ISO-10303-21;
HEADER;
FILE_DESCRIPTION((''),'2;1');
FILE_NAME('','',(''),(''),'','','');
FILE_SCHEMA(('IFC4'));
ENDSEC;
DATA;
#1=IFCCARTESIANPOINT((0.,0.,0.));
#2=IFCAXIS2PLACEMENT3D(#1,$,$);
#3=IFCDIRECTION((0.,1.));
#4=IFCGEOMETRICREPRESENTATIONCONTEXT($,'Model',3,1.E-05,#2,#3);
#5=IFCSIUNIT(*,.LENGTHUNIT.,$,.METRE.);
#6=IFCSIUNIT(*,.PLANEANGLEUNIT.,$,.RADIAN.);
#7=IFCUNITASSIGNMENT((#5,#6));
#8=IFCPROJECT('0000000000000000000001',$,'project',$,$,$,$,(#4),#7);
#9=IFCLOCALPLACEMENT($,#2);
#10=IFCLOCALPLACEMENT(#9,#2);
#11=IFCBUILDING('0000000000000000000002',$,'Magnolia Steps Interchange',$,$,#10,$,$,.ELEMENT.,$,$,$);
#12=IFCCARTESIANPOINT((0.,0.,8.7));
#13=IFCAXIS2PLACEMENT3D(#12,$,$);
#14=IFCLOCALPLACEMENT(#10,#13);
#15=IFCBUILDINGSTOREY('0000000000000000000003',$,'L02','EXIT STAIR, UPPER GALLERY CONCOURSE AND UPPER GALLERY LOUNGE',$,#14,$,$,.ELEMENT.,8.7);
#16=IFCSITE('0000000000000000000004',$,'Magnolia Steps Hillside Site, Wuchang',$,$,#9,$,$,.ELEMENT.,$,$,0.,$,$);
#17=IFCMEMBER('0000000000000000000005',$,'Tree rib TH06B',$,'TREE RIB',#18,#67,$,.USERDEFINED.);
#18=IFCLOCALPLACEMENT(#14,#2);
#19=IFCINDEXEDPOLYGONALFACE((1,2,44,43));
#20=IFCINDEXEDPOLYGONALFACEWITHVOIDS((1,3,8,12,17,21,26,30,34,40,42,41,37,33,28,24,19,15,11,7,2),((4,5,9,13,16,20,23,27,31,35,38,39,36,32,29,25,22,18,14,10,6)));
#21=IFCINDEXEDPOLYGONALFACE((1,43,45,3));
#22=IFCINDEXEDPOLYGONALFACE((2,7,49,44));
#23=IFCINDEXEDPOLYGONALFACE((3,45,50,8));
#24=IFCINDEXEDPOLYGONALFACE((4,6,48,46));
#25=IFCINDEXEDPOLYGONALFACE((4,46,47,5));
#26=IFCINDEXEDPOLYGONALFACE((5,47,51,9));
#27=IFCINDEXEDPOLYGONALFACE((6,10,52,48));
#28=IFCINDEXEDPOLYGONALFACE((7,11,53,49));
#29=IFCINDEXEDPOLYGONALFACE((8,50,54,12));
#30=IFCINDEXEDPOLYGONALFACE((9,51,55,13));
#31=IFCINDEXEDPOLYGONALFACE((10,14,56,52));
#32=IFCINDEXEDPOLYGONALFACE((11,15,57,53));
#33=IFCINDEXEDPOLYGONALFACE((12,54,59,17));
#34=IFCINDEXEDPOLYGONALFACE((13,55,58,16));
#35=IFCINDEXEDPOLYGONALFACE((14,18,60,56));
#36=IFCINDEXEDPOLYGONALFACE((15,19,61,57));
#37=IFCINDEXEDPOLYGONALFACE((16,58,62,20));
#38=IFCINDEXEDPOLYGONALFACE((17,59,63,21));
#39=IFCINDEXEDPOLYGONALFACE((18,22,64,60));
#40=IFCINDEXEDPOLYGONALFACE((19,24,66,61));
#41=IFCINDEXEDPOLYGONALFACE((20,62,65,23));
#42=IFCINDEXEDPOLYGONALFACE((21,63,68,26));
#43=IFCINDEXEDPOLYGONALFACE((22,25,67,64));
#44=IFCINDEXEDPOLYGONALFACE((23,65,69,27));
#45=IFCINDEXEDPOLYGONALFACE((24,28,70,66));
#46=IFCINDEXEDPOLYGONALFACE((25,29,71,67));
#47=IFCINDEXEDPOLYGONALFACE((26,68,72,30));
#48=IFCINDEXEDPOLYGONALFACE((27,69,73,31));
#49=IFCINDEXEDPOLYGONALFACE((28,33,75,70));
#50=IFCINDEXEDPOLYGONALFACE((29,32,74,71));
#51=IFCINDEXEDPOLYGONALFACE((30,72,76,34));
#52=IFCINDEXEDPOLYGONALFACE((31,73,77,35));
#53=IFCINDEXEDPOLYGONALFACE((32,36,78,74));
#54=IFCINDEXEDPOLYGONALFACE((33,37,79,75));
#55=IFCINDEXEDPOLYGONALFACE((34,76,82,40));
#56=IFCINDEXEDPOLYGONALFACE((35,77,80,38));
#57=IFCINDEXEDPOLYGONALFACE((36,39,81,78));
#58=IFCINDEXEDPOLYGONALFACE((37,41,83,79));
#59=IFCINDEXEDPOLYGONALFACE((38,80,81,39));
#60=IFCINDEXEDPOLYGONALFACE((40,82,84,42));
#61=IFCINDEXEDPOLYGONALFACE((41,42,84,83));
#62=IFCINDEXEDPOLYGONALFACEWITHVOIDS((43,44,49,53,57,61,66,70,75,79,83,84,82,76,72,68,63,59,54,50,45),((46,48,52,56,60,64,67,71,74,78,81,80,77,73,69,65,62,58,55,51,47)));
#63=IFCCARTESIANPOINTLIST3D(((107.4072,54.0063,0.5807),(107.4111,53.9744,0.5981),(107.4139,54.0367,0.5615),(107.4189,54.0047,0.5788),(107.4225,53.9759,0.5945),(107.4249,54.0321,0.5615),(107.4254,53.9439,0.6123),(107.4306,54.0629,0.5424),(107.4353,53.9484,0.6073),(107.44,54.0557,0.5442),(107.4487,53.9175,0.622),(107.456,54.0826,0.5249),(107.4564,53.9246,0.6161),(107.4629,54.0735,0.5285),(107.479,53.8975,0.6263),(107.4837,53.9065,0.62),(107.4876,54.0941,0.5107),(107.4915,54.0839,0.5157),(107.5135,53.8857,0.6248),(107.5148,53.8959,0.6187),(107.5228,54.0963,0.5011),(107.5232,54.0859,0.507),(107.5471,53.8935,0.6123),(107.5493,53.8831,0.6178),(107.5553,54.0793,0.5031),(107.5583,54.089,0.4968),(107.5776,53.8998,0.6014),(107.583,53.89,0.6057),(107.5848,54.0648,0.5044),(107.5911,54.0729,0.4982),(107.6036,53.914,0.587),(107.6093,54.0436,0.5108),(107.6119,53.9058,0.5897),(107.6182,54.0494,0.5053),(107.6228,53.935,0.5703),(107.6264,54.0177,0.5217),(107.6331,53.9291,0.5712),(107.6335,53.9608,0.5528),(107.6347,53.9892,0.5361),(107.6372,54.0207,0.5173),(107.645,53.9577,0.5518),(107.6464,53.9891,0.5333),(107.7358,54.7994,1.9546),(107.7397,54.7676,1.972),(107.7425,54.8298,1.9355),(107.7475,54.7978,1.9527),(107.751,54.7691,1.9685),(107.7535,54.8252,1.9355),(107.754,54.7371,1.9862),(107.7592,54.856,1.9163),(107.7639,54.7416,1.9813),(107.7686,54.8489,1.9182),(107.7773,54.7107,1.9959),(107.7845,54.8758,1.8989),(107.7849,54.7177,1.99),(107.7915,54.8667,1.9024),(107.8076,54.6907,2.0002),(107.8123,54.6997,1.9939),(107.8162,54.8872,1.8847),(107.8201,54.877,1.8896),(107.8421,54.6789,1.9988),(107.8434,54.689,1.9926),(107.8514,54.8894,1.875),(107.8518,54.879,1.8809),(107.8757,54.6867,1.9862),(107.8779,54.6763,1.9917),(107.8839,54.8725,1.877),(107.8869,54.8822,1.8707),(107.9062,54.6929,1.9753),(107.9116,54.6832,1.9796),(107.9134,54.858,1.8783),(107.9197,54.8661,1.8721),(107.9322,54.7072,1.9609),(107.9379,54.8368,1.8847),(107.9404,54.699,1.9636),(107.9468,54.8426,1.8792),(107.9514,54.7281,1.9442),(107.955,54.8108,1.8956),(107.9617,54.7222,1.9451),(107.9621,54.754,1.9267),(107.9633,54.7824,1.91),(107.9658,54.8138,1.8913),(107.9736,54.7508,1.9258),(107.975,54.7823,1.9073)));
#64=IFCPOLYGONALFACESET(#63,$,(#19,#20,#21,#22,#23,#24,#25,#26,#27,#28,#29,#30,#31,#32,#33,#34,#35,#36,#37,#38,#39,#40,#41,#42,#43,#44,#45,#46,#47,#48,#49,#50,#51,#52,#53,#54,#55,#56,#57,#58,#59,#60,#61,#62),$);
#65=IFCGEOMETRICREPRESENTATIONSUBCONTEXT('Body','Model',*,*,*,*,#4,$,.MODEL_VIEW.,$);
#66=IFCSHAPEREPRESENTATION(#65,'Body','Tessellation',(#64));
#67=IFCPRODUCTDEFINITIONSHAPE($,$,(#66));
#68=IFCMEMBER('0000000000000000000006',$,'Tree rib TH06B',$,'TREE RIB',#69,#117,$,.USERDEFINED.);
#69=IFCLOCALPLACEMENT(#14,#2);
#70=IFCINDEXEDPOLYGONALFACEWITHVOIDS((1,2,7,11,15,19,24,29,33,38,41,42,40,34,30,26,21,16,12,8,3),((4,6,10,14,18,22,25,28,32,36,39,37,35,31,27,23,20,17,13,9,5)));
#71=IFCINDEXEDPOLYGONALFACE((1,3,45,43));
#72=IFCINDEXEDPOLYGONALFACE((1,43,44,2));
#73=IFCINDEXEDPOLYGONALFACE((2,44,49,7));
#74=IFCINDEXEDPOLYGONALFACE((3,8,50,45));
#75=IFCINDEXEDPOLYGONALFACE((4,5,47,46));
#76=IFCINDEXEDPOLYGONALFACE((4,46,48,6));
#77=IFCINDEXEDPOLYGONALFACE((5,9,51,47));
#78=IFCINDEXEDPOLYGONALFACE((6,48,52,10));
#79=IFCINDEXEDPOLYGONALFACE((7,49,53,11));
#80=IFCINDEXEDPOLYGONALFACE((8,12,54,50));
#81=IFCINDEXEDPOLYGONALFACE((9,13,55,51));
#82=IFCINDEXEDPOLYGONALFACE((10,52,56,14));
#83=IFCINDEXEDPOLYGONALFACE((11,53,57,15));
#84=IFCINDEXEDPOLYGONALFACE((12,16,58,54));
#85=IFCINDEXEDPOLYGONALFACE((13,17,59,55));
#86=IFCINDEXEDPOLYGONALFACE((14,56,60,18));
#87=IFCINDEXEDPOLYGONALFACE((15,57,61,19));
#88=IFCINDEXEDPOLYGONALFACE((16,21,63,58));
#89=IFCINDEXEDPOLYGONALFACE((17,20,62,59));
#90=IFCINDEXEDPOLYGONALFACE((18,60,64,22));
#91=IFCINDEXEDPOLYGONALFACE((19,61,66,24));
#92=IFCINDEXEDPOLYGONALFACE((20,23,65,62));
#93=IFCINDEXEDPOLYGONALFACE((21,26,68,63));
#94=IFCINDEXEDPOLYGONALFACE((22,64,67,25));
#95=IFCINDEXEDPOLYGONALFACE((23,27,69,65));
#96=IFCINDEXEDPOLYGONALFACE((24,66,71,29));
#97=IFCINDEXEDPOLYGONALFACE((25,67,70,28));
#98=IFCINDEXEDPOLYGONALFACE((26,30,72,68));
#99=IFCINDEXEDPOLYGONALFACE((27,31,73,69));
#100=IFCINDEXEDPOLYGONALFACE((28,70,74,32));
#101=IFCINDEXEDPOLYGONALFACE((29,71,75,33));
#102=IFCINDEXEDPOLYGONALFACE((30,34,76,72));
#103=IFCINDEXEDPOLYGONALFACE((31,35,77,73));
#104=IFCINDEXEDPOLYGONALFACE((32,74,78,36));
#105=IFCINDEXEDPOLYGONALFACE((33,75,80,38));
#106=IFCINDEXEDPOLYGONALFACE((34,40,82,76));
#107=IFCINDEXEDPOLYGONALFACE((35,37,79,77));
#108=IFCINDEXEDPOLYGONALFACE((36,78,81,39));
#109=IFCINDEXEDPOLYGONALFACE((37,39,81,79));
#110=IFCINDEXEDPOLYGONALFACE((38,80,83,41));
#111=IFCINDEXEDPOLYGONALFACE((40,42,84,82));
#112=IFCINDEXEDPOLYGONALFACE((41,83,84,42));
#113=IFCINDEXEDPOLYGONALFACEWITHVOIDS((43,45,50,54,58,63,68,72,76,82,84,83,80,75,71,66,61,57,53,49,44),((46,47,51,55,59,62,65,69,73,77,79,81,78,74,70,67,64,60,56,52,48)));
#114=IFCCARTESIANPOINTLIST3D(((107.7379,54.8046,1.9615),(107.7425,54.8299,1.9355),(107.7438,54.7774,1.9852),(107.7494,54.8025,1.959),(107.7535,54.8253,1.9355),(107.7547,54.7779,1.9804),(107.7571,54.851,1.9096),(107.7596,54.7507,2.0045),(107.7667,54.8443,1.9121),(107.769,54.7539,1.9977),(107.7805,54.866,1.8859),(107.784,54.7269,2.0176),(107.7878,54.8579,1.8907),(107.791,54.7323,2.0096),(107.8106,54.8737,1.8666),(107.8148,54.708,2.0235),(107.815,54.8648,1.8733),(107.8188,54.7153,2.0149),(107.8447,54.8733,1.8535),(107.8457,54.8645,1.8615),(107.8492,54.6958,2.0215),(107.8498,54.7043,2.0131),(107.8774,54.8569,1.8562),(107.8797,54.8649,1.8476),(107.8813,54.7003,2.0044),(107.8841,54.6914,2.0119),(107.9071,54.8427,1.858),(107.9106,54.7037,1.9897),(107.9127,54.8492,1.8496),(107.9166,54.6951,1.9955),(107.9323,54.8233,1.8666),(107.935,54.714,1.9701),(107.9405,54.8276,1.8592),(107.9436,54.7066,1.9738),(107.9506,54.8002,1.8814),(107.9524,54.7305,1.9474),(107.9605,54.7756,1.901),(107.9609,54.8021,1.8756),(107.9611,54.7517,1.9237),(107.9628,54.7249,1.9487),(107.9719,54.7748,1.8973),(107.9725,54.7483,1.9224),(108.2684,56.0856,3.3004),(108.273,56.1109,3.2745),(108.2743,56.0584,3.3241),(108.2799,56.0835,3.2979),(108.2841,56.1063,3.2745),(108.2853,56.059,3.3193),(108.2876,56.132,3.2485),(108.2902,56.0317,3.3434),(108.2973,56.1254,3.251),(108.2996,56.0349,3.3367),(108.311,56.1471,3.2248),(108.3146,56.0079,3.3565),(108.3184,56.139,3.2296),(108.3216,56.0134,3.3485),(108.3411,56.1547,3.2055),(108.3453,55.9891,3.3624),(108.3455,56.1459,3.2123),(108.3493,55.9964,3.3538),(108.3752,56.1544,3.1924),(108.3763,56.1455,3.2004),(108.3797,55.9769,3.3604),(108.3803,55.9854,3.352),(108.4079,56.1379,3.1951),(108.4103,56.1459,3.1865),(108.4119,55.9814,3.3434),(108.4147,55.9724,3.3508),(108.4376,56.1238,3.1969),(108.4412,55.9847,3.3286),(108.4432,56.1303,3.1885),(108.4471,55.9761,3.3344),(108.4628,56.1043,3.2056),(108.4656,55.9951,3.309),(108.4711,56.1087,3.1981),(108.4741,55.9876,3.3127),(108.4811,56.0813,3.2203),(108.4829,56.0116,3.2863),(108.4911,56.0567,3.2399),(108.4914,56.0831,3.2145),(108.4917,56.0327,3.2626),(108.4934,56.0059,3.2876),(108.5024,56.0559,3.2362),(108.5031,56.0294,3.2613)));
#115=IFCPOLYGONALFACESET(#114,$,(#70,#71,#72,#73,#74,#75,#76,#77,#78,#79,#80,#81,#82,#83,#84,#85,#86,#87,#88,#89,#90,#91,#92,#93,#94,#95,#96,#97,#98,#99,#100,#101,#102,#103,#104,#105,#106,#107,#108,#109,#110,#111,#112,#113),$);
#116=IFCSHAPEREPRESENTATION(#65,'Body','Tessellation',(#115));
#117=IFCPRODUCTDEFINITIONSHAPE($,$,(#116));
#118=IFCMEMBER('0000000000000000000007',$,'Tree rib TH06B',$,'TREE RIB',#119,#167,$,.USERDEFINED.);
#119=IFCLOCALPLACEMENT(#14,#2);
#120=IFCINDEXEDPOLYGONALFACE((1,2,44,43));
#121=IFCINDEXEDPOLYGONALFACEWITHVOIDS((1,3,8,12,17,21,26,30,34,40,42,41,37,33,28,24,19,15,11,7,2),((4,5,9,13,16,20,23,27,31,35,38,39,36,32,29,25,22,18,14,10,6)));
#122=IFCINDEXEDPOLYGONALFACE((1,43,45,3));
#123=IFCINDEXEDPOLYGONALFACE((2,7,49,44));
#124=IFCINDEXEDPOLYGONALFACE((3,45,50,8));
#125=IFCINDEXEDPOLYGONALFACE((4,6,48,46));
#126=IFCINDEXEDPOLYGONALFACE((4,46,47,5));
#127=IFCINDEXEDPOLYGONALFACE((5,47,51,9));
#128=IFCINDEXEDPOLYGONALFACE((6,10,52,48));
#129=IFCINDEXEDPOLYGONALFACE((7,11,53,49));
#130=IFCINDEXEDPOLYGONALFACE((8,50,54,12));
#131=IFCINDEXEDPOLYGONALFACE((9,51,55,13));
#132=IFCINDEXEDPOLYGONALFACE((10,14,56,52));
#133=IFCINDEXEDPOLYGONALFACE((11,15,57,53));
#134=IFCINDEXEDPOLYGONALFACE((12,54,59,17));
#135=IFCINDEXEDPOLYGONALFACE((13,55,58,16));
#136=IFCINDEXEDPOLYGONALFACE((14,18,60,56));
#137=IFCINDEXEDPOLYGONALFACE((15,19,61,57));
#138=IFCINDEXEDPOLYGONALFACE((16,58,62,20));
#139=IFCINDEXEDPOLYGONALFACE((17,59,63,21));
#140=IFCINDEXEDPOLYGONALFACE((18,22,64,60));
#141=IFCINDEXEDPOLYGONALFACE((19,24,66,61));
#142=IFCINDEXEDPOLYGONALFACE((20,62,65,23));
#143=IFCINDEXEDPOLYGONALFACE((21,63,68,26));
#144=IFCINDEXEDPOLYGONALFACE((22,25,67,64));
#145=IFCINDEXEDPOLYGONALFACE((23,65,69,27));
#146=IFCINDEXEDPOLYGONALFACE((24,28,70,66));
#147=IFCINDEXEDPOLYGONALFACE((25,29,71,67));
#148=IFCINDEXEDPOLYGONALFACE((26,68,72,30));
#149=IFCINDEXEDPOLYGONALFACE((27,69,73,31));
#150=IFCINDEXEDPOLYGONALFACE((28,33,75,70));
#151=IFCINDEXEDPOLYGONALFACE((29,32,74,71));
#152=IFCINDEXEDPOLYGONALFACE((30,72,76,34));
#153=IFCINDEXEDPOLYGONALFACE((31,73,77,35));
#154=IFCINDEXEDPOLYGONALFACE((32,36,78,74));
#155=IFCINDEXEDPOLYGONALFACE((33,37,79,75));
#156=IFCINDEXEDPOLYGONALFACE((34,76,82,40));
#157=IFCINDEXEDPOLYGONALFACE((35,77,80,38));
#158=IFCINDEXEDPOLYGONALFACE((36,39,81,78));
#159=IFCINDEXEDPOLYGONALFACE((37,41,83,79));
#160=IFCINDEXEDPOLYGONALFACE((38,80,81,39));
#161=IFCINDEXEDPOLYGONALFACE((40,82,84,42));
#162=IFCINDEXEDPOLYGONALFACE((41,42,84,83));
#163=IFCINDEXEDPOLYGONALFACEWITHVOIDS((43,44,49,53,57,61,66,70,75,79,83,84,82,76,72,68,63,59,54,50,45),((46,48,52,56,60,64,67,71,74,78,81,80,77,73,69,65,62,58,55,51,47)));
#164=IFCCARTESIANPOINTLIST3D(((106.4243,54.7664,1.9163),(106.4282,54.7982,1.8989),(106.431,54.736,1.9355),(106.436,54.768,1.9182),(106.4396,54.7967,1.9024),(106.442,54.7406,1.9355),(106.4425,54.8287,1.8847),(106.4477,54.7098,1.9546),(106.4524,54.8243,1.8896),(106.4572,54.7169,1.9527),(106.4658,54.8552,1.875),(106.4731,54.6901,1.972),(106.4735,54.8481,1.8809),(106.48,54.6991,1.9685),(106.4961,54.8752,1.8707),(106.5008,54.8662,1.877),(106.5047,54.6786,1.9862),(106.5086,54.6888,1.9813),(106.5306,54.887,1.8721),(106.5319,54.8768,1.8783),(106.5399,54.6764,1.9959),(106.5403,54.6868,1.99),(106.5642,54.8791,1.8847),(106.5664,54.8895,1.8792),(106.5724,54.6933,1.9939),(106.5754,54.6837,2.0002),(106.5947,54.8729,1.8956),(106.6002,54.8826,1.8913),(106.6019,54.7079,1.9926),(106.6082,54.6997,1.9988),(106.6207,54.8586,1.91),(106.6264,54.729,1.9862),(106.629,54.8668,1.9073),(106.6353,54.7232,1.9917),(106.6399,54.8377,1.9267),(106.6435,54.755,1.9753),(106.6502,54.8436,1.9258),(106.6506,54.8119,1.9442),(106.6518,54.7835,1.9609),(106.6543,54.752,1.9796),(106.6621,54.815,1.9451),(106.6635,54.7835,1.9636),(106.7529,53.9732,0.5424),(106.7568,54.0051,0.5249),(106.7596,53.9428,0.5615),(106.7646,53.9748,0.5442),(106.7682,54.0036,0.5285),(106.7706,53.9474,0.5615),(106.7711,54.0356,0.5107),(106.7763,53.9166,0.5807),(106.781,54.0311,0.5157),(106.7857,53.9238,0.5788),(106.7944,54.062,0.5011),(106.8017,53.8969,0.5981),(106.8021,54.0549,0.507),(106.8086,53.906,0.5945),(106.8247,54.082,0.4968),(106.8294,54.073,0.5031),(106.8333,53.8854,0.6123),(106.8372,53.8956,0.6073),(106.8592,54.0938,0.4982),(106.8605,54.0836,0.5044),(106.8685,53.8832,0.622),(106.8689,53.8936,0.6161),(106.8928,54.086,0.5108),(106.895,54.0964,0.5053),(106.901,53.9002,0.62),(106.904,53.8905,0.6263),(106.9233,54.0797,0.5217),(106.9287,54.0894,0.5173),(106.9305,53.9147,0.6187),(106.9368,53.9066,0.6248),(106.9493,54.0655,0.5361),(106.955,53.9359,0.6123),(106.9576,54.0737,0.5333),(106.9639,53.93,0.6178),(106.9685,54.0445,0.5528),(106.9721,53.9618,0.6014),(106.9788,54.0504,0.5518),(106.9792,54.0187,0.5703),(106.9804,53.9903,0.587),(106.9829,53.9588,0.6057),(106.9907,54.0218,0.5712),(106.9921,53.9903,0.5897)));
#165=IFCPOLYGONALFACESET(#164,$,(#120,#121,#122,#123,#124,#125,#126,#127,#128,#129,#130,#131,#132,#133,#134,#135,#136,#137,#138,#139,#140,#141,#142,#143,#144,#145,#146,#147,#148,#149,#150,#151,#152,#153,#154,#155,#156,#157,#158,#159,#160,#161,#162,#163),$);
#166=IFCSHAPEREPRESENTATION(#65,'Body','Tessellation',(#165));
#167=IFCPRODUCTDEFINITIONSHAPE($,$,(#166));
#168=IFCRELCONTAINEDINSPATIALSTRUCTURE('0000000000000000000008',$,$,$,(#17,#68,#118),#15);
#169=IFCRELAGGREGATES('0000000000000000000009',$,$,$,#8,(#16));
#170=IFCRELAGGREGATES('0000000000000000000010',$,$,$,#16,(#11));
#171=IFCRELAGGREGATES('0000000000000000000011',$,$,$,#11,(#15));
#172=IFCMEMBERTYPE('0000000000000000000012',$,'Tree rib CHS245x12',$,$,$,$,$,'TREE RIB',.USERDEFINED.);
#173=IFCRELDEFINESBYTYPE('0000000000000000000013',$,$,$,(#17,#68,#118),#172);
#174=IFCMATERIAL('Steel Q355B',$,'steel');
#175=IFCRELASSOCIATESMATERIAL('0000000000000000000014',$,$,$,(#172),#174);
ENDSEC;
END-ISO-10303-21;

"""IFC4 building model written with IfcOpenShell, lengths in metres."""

from ifc_helpers import new_model, si_unit, direction, frame, origin, origin_2d, place, context, subcontext, project, spatial, hollow_circle, extrude, material, material_profile, profile_set, type_object, element, save


model = new_model("IFC4")

# Units and contexts
model_context = context("Model", 3, precision=1e-05, world=origin(), true_north=direction((0.0, 1.0)))
body_context = subcontext(model_context, "Body", "Model", "MODEL_VIEW")
ifc_project = project(units=[si_unit("LENGTHUNIT", "METRE"), si_unit("PLANEANGLEUNIT", "RADIAN")], contexts=[model_context])

# Site, building, storey
site_placement = place(None, origin())
site = spatial("IfcSite", under=ifc_project, at=site_placement, Name="Magnolia Steps Hillside Site, Wuchang", CompositionType="ELEMENT", RefElevation=0.0)
building_placement = place(site_placement, origin())
building = spatial("IfcBuilding", under=site, at=building_placement, Name="Magnolia Steps Interchange", CompositionType="ELEMENT")
storey_placement = place(building_placement, frame((0.0, 0.0, 8.7)))
storey = spatial("IfcBuildingStorey", under=building, at=storey_placement, Name="L02", Description="EXIT STAIR, UPPER GALLERY CONCOURSE AND UPPER GALLERY LOUNGE", CompositionType="ELEMENT", Elevation=8.7)

# Members
ifc_material_1 = material(Name="Steel Q355B", Category="steel")
ifc_material_profile_1 = material_profile(ifc_material_1, hollow_circle(Radius=0.1226, WallThickness=0.012, at=origin_2d()), Name="CHS245x12")
ifc_profile_set_1 = profile_set([ifc_material_profile_1], Name="Steel Q355B")
member_type = type_object("IfcMemberType", Name="Tree rib CHS245x12", ElementType="TREE RIB", PredefinedType="USERDEFINED", material=ifc_profile_set_1)
for number, where, z_axis, x_axis, name in (
    (1, (107.5271, 53.9897, 0.5615), (0.20282, 0.489571, 0.848047), (-0.923857, 0.382737, 0.0), "Tree rib TH06B"),
):
    element("IfcMember", number, at=place(storey_placement, frame(where, z_axis=z_axis, x_axis=x_axis)), inside=storey, type_object=member_type, Name=name, ObjectType="TREE RIB", PredefinedType="USERDEFINED", context=body_context, shape_type="SweptSolid", body=[
        extrude(hollow_circle(Radius=0.1226, WallThickness=0.012, at=origin_2d()), origin(), (0.0, 0.0, 1.0), 1.6201),
    ])
member_1_placement = place(storey_placement, frame((107.8557, 54.783, 1.9355), z_axis=(0.275246, 0.664618, 0.694638), x_axis=(-0.923903, 0.382627, 0.0)))
element("IfcMember", 2, at=member_1_placement, inside=storey, type_object=member_type, Name="Tree rib TH06B", ObjectType="TREE RIB", PredefinedType="USERDEFINED", context=body_context, shape_type="SweptSolid", body=[
    extrude(hollow_circle(Radius=0.1226, WallThickness=0.012, at=origin_2d()), origin(), (0.0, 0.0, 1.0), 1.9275),
])
member_2_placement = place(storey_placement, frame((106.8728, 53.9897, 0.5615), z_axis=(-0.20282, 0.489571, 0.848047), x_axis=(-0.923857, -0.382737, 0.0)))
element("IfcMember", 3, at=member_2_placement, inside=storey, type_object=member_type, Name="Tree rib TH06B", ObjectType="TREE RIB", PredefinedType="USERDEFINED", context=body_context, shape_type="SweptSolid", body=[
    extrude(hollow_circle(Radius=0.1226, WallThickness=0.012, at=origin_2d()), origin(), (0.0, 0.0, 1.0), 1.6201),
])

save(model, "model.ifc")
